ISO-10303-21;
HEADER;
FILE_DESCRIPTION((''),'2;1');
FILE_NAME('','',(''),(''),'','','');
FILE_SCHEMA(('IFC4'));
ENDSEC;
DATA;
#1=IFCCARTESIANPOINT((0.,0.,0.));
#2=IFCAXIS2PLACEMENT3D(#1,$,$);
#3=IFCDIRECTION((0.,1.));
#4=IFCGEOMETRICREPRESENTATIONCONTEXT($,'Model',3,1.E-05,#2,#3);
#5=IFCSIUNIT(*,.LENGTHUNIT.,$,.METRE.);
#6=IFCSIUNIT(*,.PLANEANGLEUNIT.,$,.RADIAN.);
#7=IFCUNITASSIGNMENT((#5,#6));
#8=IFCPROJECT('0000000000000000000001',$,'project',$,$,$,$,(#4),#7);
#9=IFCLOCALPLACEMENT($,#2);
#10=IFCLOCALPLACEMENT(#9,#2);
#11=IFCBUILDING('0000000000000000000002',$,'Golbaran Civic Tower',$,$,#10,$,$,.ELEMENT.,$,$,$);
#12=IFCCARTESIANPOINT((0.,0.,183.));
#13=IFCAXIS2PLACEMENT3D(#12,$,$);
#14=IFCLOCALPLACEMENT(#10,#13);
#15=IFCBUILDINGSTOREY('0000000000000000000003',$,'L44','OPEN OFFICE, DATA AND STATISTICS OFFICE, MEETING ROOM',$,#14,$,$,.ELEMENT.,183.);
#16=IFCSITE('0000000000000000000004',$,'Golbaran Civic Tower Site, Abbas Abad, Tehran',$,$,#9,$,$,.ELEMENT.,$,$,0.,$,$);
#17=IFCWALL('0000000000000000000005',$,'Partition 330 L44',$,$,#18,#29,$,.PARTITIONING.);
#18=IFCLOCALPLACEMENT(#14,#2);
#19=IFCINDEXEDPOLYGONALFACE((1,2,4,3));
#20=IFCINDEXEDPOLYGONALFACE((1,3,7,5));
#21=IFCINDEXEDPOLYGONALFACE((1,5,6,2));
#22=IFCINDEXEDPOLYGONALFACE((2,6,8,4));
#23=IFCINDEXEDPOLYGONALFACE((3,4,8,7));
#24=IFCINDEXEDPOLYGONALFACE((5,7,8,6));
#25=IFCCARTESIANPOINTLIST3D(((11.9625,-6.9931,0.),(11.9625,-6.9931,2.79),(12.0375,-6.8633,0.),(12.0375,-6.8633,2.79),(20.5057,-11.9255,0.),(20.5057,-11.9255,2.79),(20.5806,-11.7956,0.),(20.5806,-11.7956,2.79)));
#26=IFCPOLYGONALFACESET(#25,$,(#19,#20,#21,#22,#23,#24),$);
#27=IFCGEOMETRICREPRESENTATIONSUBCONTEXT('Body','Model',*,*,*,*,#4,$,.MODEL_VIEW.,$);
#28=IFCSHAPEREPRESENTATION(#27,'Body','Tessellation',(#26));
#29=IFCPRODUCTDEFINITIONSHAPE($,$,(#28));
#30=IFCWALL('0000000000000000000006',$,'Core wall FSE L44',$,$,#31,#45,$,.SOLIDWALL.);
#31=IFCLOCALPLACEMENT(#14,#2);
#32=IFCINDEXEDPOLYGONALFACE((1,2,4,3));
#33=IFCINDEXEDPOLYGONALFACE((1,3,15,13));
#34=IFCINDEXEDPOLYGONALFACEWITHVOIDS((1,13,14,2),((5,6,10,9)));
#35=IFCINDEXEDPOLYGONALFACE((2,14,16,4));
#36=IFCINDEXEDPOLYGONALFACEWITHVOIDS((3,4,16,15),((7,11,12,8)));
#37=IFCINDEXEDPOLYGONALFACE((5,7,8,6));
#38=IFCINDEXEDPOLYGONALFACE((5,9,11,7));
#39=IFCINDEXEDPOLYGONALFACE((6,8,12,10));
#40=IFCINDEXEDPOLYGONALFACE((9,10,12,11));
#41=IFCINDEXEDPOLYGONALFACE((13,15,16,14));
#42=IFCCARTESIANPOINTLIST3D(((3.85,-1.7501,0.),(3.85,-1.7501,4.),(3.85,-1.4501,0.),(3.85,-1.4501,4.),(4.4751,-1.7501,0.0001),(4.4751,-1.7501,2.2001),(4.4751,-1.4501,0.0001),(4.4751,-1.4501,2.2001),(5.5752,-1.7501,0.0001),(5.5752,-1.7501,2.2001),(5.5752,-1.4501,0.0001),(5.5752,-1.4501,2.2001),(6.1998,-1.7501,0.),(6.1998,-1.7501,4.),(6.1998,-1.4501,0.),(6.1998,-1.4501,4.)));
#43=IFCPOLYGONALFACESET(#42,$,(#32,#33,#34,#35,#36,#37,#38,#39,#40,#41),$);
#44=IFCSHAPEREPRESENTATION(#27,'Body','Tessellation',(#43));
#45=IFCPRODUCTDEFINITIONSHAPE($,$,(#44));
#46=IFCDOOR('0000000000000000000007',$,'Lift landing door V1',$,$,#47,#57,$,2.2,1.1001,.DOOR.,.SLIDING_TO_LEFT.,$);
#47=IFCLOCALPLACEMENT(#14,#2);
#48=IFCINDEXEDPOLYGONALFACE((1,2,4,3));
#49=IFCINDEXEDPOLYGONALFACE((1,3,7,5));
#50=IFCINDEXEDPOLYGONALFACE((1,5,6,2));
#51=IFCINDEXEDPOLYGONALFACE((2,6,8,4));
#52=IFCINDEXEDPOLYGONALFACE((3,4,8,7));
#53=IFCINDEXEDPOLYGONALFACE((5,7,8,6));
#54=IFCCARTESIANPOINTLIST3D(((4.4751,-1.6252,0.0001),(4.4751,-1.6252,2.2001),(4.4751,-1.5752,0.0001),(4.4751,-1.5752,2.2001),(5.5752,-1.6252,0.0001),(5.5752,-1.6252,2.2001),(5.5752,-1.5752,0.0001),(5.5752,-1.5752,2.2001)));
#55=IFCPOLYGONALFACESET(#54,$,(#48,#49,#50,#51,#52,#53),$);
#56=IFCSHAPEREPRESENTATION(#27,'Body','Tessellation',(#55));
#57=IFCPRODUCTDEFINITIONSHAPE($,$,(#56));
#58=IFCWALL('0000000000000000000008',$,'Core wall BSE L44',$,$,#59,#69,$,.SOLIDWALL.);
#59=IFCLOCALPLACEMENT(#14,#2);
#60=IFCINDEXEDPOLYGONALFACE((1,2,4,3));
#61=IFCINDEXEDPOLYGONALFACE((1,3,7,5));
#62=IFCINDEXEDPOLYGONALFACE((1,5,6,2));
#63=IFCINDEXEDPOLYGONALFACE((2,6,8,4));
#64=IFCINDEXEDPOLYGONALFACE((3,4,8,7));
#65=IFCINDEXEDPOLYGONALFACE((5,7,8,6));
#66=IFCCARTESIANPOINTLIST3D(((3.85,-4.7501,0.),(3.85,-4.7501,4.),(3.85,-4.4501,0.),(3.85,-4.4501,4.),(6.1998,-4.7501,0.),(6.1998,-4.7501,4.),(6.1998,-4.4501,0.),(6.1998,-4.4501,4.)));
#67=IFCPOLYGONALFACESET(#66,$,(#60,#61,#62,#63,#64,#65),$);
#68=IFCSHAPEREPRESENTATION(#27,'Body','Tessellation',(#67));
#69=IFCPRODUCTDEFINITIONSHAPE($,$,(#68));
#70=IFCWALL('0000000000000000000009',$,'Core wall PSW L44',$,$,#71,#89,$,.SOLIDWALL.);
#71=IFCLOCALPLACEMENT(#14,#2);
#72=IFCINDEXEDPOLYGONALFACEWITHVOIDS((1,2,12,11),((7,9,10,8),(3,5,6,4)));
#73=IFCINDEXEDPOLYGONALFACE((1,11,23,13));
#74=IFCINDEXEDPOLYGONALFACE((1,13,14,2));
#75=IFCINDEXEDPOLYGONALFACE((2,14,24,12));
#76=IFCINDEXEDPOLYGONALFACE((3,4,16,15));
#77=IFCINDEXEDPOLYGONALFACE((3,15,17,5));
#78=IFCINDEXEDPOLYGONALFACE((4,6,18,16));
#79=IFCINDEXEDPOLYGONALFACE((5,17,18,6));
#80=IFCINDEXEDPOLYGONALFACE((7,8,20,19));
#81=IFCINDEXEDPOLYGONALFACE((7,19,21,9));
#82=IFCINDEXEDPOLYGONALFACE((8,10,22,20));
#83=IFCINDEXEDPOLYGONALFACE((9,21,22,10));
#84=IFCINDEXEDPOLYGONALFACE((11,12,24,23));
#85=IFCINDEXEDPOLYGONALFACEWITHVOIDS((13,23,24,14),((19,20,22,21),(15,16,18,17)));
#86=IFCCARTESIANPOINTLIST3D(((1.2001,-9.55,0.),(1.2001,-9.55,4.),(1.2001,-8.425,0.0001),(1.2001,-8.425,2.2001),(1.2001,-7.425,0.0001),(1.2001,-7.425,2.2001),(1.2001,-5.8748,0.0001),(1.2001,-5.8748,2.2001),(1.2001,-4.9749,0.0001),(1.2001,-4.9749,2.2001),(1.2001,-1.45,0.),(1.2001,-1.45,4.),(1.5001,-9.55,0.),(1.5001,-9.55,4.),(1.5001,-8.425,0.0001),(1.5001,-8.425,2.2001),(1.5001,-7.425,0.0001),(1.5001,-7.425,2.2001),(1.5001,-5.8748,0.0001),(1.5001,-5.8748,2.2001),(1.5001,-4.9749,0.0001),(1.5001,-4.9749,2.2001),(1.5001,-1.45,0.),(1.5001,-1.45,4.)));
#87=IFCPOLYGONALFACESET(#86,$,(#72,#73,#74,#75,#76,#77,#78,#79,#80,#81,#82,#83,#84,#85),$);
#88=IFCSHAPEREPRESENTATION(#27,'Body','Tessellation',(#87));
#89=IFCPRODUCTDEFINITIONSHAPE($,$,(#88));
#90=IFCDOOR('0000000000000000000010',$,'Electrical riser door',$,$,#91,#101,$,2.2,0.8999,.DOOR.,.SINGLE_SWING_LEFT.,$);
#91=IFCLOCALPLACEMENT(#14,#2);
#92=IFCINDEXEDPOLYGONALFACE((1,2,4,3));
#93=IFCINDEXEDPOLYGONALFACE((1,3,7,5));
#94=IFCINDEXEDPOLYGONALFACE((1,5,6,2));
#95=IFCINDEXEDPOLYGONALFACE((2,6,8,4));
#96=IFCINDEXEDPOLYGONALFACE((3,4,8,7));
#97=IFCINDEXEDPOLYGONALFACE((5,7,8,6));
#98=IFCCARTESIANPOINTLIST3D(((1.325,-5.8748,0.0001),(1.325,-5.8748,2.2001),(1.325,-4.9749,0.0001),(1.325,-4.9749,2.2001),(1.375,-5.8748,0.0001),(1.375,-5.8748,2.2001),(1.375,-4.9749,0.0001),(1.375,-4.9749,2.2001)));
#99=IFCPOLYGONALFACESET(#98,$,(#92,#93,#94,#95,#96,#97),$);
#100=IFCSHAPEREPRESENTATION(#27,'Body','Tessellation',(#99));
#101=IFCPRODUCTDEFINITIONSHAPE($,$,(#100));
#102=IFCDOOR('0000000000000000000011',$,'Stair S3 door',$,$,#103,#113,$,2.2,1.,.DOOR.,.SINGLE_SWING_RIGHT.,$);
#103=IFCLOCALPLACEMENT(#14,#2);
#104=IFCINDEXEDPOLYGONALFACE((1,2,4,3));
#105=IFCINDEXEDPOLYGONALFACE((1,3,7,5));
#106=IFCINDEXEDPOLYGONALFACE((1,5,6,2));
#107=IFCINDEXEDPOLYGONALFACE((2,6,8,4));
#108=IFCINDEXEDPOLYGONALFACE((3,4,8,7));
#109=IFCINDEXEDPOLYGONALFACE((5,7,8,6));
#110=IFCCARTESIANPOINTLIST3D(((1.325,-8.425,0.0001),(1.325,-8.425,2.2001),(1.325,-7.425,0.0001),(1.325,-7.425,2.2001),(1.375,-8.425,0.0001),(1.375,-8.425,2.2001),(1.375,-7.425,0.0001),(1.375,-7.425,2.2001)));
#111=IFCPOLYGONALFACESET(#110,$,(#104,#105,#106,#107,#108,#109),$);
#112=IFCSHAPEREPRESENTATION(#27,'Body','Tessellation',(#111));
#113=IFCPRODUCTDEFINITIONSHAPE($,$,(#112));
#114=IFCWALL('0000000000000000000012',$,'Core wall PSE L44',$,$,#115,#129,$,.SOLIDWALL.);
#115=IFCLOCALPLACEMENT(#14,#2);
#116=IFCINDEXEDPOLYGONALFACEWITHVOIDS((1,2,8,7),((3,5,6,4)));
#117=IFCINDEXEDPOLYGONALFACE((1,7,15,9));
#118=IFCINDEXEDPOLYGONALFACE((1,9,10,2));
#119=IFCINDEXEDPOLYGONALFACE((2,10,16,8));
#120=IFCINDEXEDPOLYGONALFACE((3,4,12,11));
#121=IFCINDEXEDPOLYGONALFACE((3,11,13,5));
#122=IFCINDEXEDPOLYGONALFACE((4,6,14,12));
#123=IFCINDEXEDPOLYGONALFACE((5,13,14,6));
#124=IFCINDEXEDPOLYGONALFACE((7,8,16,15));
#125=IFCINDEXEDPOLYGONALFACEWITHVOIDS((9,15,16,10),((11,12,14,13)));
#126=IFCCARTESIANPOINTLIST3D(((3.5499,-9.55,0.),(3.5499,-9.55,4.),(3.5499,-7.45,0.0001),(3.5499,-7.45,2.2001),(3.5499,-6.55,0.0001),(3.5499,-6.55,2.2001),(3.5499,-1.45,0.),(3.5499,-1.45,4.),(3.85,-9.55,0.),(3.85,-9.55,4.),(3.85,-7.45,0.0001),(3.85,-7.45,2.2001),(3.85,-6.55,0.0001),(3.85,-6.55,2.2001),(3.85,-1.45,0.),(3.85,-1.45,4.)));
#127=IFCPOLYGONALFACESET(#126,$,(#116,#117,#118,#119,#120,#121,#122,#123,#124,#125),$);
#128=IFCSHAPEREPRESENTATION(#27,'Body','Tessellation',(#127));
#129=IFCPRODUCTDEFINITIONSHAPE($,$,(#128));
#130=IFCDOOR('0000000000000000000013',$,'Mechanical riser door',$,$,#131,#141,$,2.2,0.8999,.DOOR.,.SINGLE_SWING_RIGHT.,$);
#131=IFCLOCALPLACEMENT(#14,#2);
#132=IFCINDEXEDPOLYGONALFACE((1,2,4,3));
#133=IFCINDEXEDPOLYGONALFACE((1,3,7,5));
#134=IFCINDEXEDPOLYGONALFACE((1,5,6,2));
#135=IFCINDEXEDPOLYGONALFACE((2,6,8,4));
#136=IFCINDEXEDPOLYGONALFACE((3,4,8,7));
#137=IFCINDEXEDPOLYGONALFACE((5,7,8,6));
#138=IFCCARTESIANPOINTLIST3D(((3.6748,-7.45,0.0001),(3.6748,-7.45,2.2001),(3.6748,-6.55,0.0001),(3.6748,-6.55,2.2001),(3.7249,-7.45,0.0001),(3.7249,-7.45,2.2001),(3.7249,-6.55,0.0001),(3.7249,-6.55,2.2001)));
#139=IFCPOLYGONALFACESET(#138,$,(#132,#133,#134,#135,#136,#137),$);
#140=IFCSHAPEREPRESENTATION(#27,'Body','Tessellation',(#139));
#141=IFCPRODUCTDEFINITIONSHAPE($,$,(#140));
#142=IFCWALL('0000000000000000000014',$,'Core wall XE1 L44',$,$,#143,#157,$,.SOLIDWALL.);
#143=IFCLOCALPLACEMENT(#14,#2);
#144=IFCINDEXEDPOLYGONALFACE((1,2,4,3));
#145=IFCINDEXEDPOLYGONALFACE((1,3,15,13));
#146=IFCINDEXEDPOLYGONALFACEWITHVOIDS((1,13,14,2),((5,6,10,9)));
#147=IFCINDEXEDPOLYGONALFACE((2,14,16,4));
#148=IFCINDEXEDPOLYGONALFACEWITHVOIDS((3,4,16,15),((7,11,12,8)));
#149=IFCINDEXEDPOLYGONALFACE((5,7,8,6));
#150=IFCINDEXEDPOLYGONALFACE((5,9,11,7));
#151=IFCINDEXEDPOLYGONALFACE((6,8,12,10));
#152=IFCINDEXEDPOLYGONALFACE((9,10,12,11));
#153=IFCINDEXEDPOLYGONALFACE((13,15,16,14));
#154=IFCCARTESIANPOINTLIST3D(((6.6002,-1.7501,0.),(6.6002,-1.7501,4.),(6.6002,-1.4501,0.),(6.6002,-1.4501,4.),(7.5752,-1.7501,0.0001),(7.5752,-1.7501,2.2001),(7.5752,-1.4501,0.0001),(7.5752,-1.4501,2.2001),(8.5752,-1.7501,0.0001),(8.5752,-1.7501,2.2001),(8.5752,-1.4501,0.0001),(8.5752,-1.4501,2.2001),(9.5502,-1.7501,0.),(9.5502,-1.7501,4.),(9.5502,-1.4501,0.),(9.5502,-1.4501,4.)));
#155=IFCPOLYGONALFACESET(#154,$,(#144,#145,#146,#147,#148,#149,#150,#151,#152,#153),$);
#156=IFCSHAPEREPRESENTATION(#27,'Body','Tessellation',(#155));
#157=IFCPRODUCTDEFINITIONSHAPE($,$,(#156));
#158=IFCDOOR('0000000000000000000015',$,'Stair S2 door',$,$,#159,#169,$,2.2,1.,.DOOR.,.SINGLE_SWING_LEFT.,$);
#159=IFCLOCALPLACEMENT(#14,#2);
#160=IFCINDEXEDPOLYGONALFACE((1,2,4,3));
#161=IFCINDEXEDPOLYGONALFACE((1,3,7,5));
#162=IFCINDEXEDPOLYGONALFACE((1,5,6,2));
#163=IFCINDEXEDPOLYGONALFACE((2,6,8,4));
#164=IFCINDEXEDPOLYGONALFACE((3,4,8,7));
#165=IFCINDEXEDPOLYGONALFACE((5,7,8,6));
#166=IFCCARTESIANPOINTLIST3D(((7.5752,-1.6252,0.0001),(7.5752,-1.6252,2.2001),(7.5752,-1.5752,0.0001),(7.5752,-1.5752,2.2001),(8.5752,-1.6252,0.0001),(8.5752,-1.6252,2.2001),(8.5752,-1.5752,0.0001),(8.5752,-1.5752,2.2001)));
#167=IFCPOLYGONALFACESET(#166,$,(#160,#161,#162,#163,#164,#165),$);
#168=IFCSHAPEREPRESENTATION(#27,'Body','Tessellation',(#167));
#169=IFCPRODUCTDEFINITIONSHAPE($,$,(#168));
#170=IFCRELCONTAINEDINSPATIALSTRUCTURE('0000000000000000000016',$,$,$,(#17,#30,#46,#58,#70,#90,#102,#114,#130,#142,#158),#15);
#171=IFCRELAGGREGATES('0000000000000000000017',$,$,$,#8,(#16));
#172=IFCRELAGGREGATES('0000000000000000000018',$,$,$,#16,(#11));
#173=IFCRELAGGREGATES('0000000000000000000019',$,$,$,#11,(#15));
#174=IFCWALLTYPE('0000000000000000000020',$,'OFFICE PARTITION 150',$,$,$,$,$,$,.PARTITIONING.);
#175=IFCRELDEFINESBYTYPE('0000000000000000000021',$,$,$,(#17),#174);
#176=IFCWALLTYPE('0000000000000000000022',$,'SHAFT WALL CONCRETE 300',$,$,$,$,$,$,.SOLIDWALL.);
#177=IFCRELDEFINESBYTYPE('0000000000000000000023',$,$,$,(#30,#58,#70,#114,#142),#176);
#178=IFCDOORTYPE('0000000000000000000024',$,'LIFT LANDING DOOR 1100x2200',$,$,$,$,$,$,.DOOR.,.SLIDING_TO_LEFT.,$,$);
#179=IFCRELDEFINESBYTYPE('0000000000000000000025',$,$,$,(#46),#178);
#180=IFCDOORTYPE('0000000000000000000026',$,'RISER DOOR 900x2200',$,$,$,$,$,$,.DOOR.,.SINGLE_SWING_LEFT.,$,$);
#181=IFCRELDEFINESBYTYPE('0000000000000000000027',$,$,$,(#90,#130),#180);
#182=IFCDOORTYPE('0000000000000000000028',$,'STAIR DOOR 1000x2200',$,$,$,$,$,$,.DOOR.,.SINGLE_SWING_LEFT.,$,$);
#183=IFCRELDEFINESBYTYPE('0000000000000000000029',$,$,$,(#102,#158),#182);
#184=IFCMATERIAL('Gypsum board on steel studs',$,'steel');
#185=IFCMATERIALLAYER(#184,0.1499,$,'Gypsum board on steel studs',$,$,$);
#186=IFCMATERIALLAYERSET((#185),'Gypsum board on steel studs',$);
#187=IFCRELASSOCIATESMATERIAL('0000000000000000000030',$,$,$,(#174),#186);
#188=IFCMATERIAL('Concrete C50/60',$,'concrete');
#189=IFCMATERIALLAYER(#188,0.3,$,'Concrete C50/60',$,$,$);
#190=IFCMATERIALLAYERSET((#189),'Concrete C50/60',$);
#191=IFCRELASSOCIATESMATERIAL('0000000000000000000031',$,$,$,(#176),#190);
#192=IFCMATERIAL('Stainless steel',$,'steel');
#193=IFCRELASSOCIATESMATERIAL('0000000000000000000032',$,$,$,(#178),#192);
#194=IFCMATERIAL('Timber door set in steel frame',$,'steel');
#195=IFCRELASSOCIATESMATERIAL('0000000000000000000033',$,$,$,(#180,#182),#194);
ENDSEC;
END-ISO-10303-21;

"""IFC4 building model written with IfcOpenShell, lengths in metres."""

from ifc_helpers import new_model, si_unit, direction, frame, frame_2d, origin, place, context, subcontext, project, spatial, rectangle, extrude, material, layer, layer_set, type_object, element, fill, save


model = new_model("IFC4")

# Units and contexts
model_context = context("Model", 3, precision=1e-05, world=origin(), true_north=direction((0.0, 1.0)))
body_context = subcontext(model_context, "Body", "Model", "MODEL_VIEW")
ifc_project = project(units=[si_unit("LENGTHUNIT", "METRE"), si_unit("PLANEANGLEUNIT", "RADIAN")], contexts=[model_context])

# Site, building, storey
site_placement = place(None, origin())
site = spatial("IfcSite", under=ifc_project, at=site_placement, Name="Golbaran Civic Tower Site, Abbas Abad, Tehran", CompositionType="ELEMENT", RefElevation=0.0)
building_placement = place(site_placement, origin())
building = spatial("IfcBuilding", under=site, at=building_placement, Name="Golbaran Civic Tower", CompositionType="ELEMENT")
storey_placement = place(building_placement, frame((0.0, 0.0, 183.0)))
storey = spatial("IfcBuildingStorey", under=building, at=storey_placement, Name="L44", Description="OPEN OFFICE, DATA AND STATISTICS OFFICE, MEETING ROOM", CompositionType="ELEMENT", Elevation=183.0)

# Shared definitions
ifc_material_1 = material(Name="Concrete C50/60", Category="concrete")
ifc_material_2 = material(Name="Timber door set in steel frame", Category="steel")

# Wall
ifc_material_3 = material(Name="Gypsum board on steel studs", Category="steel")
ifc_layer_1 = layer(ifc_material_3, 0.1499, Name="Gypsum board on steel studs")
ifc_layer_set_1 = layer_set([ifc_layer_1], Name="Gypsum board on steel studs")
wall_type_1 = type_object("IfcWallType", Name="OFFICE PARTITION 150", PredefinedType="PARTITIONING", material=ifc_layer_set_1)
wall_1_placement = place(storey_placement, frame((12.0, -6.9282, 0.0), z_axis=(0.0, 0.0, 1.0), x_axis=(0.866028, -0.499996, 0.0)))
element("IfcWall", 1, at=wall_1_placement, inside=storey, type_object=wall_type_1, Name="Partition 330 L44", PredefinedType="PARTITIONING", context=body_context, shape_type="SweptSolid", body=[
    extrude(rectangle(XDim=9.8647, YDim=0.1499, at=frame_2d((4.9324, 0.0))), origin(), (0.0, 0.0, 1.0), 2.79),
])

# Wall, opening, door
ifc_layer_2 = layer(ifc_material_1, 0.3, Name="Concrete C50/60")
ifc_layer_set_2 = layer_set([ifc_layer_2], Name="Concrete C50/60")
wall_type_2 = type_object("IfcWallType", Name="SHAFT WALL CONCRETE 300", PredefinedType="SOLIDWALL", material=ifc_layer_set_2)
wall_2_placement = place(storey_placement, frame((3.8501, -1.6001, 0.0), z_axis=(0.0, 0.0, 1.0), x_axis=(1.0, 0.0, 0.0)))
wall_2 = element("IfcWall", 2, at=wall_2_placement, inside=storey, type_object=wall_type_2, Name="Core wall FSE L44", PredefinedType="SOLIDWALL", context=body_context, shape_type="SweptSolid", body=[
    extrude(rectangle(XDim=2.3499, YDim=0.3, at=frame_2d((1.1748, 0.0))), origin(), (0.0, 0.0, 1.0), 4.0),
])
opening_1_placement = place(wall_2_placement, frame((0.625, 0.0, 0.0)))
opening_1 = element("IfcOpeningElement", 3, at=opening_1_placement, cuts=wall_2, PredefinedType="OPENING", context=body_context, shape_type="SweptSolid", body=[
    extrude(rectangle(XDim=1.1001, YDim=2.2, at=frame_2d((0.55, 1.1001))), frame((0.0, 0.1599, 0.0), z_axis=(0.0, -1.0, 0.0), x_axis=(1.0, 0.0, 0.0)), (0.0, 0.0, 1.0), 0.3201),
])
ifc_material_4 = material(Name="Stainless steel", Category="steel")
door_type_1 = type_object("IfcDoorType", Name="LIFT LANDING DOOR 1100x2200", OperationType="SLIDING_TO_LEFT", PredefinedType="DOOR", material=ifc_material_4)
door_1_placement = place(opening_1_placement, origin())
door_1 = element("IfcDoor", 4, at=door_1_placement, inside=storey, type_object=door_type_1, Name="Lift landing door V1", OperationType="SLIDING_TO_LEFT", OverallHeight=2.2, OverallWidth=1.1001, PredefinedType="DOOR", context=body_context, shape_type="SweptSolid", body=[
    extrude(rectangle(XDim=1.1001, YDim=2.2, at=frame_2d((0.55, 1.1001))), frame((0.0, 0.0249, 0.0), z_axis=(0.0, -1.0, 0.0), x_axis=(1.0, 0.0, 0.0)), (0.0, 0.0, 1.0), 0.05),
])
fill(opening_1, door_1)

# Wall
wall_3_placement = place(storey_placement, frame((3.8501, -4.6001, 0.0), z_axis=(0.0, 0.0, 1.0), x_axis=(1.0, 0.0, 0.0)))
element("IfcWall", 5, at=wall_3_placement, inside=storey, type_object=wall_type_2, Name="Core wall BSE L44", PredefinedType="SOLIDWALL", context=body_context, shape_type="SweptSolid", body=[
    extrude(rectangle(XDim=2.3499, YDim=0.3, at=frame_2d((1.1748, 0.0))), origin(), (0.0, 0.0, 1.0), 4.0),
])

# Wall, openings, doors
wall_4_placement = place(storey_placement, frame((1.3501, -1.45, 0.0), z_axis=(0.0, 0.0, 1.0), x_axis=(0.0, -1.0, 0.0)))
wall_4 = element("IfcWall", 6, at=wall_4_placement, inside=storey, type_object=wall_type_2, Name="Core wall PSW L44", PredefinedType="SOLIDWALL", context=body_context, shape_type="SweptSolid", body=[
    extrude(rectangle(XDim=8.1001, YDim=0.3, at=frame_2d((4.05, 0.0))), origin(), (0.0, 0.0, 1.0), 4.0),
])
opening_2_placement = place(wall_4_placement, frame((5.9751, 0.0, 0.0)))
opening_2 = element("IfcOpeningElement", 7, at=opening_2_placement, cuts=wall_4, PredefinedType="OPENING", context=body_context, shape_type="SweptSolid", body=[
    extrude(rectangle(XDim=1.0, YDim=2.2, at=frame_2d((0.5, 1.1001))), frame((0.0, 0.1599, 0.0), z_axis=(0.0, -1.0, 0.0), x_axis=(1.0, 0.0, 0.0)), (0.0, 0.0, 1.0), 0.3201),
])
opening_3_placement = place(wall_4_placement, frame((3.5249, 0.0, 0.0)))
opening_3 = element("IfcOpeningElement", 8, at=opening_3_placement, cuts=wall_4, PredefinedType="OPENING", context=body_context, shape_type="SweptSolid", body=[
    extrude(rectangle(XDim=0.8999, YDim=2.2, at=frame_2d((0.45, 1.1001))), frame((0.0, 0.1599, 0.0), z_axis=(0.0, -1.0, 0.0), x_axis=(1.0, 0.0, 0.0)), (0.0, 0.0, 1.0), 0.3201),
])
door_type_2 = type_object("IfcDoorType", Name="RISER DOOR 900x2200", OperationType="SINGLE_SWING_LEFT", PredefinedType="DOOR", material=ifc_material_2)
door_2_placement = place(opening_3_placement, origin())
door_2 = element("IfcDoor", 9, at=door_2_placement, inside=storey, type_object=door_type_2, Name="Electrical riser door", OperationType="SINGLE_SWING_LEFT", OverallHeight=2.2, OverallWidth=0.8999, PredefinedType="DOOR", context=body_context, shape_type="SweptSolid", body=[
    extrude(rectangle(XDim=0.8999, YDim=2.2, at=frame_2d((0.45, 1.1001))), frame((0.0, 0.0249, 0.0), z_axis=(0.0, -1.0, 0.0), x_axis=(1.0, 0.0, 0.0)), (0.0, 0.0, 1.0), 0.05),
])
fill(opening_3, door_2)
door_type_3 = type_object("IfcDoorType", Name="STAIR DOOR 1000x2200", OperationType="SINGLE_SWING_LEFT", PredefinedType="DOOR", material=ifc_material_2)
door_3_placement = place(opening_2_placement, origin())
door_3 = element("IfcDoor", 10, at=door_3_placement, inside=storey, type_object=door_type_3, Name="Stair S3 door", OperationType="SINGLE_SWING_RIGHT", OverallHeight=2.2, OverallWidth=1.0, PredefinedType="DOOR", context=body_context, shape_type="SweptSolid", body=[
    extrude(rectangle(XDim=1.0, YDim=2.2, at=frame_2d((0.5, 1.1001))), frame((0.0, 0.0249, 0.0), z_axis=(0.0, -1.0, 0.0), x_axis=(1.0, 0.0, 0.0)), (0.0, 0.0, 1.0), 0.05),
])
fill(opening_2, door_3)

# Walls, openings, doors
wall_5_placement = place(storey_placement, frame((3.7, -1.45, 0.0), z_axis=(0.0, 0.0, 1.0), x_axis=(0.0, -1.0, 0.0)))
wall_5 = element("IfcWall", 11, at=wall_5_placement, inside=storey, type_object=wall_type_2, Name="Core wall PSE L44", PredefinedType="SOLIDWALL", context=body_context, shape_type="SweptSolid", body=[
    extrude(rectangle(XDim=8.1001, YDim=0.3, at=frame_2d((4.05, 0.0))), origin(), (0.0, 0.0, 1.0), 4.0),
])
opening_4_placement = place(wall_5_placement, frame((5.1001, 0.0, 0.0)))
opening_4 = element("IfcOpeningElement", 12, at=opening_4_placement, cuts=wall_5, PredefinedType="OPENING", context=body_context, shape_type="SweptSolid", body=[
    extrude(rectangle(XDim=0.8999, YDim=2.2, at=frame_2d((0.45, 1.1001))), frame((0.0, 0.1599, 0.0), z_axis=(0.0, -1.0, 0.0), x_axis=(1.0, 0.0, 0.0)), (0.0, 0.0, 1.0), 0.3201),
])
door_4_placement = place(opening_4_placement, origin())
door_4 = element("IfcDoor", 13, at=door_4_placement, inside=storey, type_object=door_type_2, Name="Mechanical riser door", OperationType="SINGLE_SWING_RIGHT", OverallHeight=2.2, OverallWidth=0.8999, PredefinedType="DOOR", context=body_context, shape_type="SweptSolid", body=[
    extrude(rectangle(XDim=0.8999, YDim=2.2, at=frame_2d((0.45, 1.1001))), frame((0.0, 0.0249, 0.0), z_axis=(0.0, -1.0, 0.0), x_axis=(1.0, 0.0, 0.0)), (0.0, 0.0, 1.0), 0.05),
])
fill(opening_4, door_4)
wall_6_placement = place(storey_placement, frame((6.6001, -1.6001, 0.0), z_axis=(0.0, 0.0, 1.0), x_axis=(1.0, 0.0, 0.0)))
wall_6 = element("IfcWall", 14, at=wall_6_placement, inside=storey, type_object=wall_type_2, Name="Core wall XE1 L44", PredefinedType="SOLIDWALL", context=body_context, shape_type="SweptSolid", body=[
    extrude(rectangle(XDim=2.95, YDim=0.3, at=frame_2d((1.4751, 0.0))), origin(), (0.0, 0.0, 1.0), 4.0),
])
opening_5_placement = place(wall_6_placement, frame((0.9751, 0.0, 0.0)))
opening_5 = element("IfcOpeningElement", 15, at=opening_5_placement, cuts=wall_6, PredefinedType="OPENING", context=body_context, shape_type="SweptSolid", body=[
    extrude(rectangle(XDim=1.0, YDim=2.2, at=frame_2d((0.5, 1.1001))), frame((0.0, 0.1599, 0.0), z_axis=(0.0, -1.0, 0.0), x_axis=(1.0, 0.0, 0.0)), (0.0, 0.0, 1.0), 0.3201),
])
door_5_placement = place(opening_5_placement, origin())
door_5 = element("IfcDoor", 16, at=door_5_placement, inside=storey, type_object=door_type_3, Name="Stair S2 door", OperationType="SINGLE_SWING_LEFT", OverallHeight=2.2, OverallWidth=1.0, PredefinedType="DOOR", context=body_context, shape_type="SweptSolid", body=[
    extrude(rectangle(XDim=1.0, YDim=2.2, at=frame_2d((0.5, 1.1001))), frame((0.0, 0.0249, 0.0), z_axis=(0.0, -1.0, 0.0), x_axis=(1.0, 0.0, 0.0)), (0.0, 0.0, 1.0), 0.05),
])
fill(opening_5, door_5)

save(model, "model.ifc")
